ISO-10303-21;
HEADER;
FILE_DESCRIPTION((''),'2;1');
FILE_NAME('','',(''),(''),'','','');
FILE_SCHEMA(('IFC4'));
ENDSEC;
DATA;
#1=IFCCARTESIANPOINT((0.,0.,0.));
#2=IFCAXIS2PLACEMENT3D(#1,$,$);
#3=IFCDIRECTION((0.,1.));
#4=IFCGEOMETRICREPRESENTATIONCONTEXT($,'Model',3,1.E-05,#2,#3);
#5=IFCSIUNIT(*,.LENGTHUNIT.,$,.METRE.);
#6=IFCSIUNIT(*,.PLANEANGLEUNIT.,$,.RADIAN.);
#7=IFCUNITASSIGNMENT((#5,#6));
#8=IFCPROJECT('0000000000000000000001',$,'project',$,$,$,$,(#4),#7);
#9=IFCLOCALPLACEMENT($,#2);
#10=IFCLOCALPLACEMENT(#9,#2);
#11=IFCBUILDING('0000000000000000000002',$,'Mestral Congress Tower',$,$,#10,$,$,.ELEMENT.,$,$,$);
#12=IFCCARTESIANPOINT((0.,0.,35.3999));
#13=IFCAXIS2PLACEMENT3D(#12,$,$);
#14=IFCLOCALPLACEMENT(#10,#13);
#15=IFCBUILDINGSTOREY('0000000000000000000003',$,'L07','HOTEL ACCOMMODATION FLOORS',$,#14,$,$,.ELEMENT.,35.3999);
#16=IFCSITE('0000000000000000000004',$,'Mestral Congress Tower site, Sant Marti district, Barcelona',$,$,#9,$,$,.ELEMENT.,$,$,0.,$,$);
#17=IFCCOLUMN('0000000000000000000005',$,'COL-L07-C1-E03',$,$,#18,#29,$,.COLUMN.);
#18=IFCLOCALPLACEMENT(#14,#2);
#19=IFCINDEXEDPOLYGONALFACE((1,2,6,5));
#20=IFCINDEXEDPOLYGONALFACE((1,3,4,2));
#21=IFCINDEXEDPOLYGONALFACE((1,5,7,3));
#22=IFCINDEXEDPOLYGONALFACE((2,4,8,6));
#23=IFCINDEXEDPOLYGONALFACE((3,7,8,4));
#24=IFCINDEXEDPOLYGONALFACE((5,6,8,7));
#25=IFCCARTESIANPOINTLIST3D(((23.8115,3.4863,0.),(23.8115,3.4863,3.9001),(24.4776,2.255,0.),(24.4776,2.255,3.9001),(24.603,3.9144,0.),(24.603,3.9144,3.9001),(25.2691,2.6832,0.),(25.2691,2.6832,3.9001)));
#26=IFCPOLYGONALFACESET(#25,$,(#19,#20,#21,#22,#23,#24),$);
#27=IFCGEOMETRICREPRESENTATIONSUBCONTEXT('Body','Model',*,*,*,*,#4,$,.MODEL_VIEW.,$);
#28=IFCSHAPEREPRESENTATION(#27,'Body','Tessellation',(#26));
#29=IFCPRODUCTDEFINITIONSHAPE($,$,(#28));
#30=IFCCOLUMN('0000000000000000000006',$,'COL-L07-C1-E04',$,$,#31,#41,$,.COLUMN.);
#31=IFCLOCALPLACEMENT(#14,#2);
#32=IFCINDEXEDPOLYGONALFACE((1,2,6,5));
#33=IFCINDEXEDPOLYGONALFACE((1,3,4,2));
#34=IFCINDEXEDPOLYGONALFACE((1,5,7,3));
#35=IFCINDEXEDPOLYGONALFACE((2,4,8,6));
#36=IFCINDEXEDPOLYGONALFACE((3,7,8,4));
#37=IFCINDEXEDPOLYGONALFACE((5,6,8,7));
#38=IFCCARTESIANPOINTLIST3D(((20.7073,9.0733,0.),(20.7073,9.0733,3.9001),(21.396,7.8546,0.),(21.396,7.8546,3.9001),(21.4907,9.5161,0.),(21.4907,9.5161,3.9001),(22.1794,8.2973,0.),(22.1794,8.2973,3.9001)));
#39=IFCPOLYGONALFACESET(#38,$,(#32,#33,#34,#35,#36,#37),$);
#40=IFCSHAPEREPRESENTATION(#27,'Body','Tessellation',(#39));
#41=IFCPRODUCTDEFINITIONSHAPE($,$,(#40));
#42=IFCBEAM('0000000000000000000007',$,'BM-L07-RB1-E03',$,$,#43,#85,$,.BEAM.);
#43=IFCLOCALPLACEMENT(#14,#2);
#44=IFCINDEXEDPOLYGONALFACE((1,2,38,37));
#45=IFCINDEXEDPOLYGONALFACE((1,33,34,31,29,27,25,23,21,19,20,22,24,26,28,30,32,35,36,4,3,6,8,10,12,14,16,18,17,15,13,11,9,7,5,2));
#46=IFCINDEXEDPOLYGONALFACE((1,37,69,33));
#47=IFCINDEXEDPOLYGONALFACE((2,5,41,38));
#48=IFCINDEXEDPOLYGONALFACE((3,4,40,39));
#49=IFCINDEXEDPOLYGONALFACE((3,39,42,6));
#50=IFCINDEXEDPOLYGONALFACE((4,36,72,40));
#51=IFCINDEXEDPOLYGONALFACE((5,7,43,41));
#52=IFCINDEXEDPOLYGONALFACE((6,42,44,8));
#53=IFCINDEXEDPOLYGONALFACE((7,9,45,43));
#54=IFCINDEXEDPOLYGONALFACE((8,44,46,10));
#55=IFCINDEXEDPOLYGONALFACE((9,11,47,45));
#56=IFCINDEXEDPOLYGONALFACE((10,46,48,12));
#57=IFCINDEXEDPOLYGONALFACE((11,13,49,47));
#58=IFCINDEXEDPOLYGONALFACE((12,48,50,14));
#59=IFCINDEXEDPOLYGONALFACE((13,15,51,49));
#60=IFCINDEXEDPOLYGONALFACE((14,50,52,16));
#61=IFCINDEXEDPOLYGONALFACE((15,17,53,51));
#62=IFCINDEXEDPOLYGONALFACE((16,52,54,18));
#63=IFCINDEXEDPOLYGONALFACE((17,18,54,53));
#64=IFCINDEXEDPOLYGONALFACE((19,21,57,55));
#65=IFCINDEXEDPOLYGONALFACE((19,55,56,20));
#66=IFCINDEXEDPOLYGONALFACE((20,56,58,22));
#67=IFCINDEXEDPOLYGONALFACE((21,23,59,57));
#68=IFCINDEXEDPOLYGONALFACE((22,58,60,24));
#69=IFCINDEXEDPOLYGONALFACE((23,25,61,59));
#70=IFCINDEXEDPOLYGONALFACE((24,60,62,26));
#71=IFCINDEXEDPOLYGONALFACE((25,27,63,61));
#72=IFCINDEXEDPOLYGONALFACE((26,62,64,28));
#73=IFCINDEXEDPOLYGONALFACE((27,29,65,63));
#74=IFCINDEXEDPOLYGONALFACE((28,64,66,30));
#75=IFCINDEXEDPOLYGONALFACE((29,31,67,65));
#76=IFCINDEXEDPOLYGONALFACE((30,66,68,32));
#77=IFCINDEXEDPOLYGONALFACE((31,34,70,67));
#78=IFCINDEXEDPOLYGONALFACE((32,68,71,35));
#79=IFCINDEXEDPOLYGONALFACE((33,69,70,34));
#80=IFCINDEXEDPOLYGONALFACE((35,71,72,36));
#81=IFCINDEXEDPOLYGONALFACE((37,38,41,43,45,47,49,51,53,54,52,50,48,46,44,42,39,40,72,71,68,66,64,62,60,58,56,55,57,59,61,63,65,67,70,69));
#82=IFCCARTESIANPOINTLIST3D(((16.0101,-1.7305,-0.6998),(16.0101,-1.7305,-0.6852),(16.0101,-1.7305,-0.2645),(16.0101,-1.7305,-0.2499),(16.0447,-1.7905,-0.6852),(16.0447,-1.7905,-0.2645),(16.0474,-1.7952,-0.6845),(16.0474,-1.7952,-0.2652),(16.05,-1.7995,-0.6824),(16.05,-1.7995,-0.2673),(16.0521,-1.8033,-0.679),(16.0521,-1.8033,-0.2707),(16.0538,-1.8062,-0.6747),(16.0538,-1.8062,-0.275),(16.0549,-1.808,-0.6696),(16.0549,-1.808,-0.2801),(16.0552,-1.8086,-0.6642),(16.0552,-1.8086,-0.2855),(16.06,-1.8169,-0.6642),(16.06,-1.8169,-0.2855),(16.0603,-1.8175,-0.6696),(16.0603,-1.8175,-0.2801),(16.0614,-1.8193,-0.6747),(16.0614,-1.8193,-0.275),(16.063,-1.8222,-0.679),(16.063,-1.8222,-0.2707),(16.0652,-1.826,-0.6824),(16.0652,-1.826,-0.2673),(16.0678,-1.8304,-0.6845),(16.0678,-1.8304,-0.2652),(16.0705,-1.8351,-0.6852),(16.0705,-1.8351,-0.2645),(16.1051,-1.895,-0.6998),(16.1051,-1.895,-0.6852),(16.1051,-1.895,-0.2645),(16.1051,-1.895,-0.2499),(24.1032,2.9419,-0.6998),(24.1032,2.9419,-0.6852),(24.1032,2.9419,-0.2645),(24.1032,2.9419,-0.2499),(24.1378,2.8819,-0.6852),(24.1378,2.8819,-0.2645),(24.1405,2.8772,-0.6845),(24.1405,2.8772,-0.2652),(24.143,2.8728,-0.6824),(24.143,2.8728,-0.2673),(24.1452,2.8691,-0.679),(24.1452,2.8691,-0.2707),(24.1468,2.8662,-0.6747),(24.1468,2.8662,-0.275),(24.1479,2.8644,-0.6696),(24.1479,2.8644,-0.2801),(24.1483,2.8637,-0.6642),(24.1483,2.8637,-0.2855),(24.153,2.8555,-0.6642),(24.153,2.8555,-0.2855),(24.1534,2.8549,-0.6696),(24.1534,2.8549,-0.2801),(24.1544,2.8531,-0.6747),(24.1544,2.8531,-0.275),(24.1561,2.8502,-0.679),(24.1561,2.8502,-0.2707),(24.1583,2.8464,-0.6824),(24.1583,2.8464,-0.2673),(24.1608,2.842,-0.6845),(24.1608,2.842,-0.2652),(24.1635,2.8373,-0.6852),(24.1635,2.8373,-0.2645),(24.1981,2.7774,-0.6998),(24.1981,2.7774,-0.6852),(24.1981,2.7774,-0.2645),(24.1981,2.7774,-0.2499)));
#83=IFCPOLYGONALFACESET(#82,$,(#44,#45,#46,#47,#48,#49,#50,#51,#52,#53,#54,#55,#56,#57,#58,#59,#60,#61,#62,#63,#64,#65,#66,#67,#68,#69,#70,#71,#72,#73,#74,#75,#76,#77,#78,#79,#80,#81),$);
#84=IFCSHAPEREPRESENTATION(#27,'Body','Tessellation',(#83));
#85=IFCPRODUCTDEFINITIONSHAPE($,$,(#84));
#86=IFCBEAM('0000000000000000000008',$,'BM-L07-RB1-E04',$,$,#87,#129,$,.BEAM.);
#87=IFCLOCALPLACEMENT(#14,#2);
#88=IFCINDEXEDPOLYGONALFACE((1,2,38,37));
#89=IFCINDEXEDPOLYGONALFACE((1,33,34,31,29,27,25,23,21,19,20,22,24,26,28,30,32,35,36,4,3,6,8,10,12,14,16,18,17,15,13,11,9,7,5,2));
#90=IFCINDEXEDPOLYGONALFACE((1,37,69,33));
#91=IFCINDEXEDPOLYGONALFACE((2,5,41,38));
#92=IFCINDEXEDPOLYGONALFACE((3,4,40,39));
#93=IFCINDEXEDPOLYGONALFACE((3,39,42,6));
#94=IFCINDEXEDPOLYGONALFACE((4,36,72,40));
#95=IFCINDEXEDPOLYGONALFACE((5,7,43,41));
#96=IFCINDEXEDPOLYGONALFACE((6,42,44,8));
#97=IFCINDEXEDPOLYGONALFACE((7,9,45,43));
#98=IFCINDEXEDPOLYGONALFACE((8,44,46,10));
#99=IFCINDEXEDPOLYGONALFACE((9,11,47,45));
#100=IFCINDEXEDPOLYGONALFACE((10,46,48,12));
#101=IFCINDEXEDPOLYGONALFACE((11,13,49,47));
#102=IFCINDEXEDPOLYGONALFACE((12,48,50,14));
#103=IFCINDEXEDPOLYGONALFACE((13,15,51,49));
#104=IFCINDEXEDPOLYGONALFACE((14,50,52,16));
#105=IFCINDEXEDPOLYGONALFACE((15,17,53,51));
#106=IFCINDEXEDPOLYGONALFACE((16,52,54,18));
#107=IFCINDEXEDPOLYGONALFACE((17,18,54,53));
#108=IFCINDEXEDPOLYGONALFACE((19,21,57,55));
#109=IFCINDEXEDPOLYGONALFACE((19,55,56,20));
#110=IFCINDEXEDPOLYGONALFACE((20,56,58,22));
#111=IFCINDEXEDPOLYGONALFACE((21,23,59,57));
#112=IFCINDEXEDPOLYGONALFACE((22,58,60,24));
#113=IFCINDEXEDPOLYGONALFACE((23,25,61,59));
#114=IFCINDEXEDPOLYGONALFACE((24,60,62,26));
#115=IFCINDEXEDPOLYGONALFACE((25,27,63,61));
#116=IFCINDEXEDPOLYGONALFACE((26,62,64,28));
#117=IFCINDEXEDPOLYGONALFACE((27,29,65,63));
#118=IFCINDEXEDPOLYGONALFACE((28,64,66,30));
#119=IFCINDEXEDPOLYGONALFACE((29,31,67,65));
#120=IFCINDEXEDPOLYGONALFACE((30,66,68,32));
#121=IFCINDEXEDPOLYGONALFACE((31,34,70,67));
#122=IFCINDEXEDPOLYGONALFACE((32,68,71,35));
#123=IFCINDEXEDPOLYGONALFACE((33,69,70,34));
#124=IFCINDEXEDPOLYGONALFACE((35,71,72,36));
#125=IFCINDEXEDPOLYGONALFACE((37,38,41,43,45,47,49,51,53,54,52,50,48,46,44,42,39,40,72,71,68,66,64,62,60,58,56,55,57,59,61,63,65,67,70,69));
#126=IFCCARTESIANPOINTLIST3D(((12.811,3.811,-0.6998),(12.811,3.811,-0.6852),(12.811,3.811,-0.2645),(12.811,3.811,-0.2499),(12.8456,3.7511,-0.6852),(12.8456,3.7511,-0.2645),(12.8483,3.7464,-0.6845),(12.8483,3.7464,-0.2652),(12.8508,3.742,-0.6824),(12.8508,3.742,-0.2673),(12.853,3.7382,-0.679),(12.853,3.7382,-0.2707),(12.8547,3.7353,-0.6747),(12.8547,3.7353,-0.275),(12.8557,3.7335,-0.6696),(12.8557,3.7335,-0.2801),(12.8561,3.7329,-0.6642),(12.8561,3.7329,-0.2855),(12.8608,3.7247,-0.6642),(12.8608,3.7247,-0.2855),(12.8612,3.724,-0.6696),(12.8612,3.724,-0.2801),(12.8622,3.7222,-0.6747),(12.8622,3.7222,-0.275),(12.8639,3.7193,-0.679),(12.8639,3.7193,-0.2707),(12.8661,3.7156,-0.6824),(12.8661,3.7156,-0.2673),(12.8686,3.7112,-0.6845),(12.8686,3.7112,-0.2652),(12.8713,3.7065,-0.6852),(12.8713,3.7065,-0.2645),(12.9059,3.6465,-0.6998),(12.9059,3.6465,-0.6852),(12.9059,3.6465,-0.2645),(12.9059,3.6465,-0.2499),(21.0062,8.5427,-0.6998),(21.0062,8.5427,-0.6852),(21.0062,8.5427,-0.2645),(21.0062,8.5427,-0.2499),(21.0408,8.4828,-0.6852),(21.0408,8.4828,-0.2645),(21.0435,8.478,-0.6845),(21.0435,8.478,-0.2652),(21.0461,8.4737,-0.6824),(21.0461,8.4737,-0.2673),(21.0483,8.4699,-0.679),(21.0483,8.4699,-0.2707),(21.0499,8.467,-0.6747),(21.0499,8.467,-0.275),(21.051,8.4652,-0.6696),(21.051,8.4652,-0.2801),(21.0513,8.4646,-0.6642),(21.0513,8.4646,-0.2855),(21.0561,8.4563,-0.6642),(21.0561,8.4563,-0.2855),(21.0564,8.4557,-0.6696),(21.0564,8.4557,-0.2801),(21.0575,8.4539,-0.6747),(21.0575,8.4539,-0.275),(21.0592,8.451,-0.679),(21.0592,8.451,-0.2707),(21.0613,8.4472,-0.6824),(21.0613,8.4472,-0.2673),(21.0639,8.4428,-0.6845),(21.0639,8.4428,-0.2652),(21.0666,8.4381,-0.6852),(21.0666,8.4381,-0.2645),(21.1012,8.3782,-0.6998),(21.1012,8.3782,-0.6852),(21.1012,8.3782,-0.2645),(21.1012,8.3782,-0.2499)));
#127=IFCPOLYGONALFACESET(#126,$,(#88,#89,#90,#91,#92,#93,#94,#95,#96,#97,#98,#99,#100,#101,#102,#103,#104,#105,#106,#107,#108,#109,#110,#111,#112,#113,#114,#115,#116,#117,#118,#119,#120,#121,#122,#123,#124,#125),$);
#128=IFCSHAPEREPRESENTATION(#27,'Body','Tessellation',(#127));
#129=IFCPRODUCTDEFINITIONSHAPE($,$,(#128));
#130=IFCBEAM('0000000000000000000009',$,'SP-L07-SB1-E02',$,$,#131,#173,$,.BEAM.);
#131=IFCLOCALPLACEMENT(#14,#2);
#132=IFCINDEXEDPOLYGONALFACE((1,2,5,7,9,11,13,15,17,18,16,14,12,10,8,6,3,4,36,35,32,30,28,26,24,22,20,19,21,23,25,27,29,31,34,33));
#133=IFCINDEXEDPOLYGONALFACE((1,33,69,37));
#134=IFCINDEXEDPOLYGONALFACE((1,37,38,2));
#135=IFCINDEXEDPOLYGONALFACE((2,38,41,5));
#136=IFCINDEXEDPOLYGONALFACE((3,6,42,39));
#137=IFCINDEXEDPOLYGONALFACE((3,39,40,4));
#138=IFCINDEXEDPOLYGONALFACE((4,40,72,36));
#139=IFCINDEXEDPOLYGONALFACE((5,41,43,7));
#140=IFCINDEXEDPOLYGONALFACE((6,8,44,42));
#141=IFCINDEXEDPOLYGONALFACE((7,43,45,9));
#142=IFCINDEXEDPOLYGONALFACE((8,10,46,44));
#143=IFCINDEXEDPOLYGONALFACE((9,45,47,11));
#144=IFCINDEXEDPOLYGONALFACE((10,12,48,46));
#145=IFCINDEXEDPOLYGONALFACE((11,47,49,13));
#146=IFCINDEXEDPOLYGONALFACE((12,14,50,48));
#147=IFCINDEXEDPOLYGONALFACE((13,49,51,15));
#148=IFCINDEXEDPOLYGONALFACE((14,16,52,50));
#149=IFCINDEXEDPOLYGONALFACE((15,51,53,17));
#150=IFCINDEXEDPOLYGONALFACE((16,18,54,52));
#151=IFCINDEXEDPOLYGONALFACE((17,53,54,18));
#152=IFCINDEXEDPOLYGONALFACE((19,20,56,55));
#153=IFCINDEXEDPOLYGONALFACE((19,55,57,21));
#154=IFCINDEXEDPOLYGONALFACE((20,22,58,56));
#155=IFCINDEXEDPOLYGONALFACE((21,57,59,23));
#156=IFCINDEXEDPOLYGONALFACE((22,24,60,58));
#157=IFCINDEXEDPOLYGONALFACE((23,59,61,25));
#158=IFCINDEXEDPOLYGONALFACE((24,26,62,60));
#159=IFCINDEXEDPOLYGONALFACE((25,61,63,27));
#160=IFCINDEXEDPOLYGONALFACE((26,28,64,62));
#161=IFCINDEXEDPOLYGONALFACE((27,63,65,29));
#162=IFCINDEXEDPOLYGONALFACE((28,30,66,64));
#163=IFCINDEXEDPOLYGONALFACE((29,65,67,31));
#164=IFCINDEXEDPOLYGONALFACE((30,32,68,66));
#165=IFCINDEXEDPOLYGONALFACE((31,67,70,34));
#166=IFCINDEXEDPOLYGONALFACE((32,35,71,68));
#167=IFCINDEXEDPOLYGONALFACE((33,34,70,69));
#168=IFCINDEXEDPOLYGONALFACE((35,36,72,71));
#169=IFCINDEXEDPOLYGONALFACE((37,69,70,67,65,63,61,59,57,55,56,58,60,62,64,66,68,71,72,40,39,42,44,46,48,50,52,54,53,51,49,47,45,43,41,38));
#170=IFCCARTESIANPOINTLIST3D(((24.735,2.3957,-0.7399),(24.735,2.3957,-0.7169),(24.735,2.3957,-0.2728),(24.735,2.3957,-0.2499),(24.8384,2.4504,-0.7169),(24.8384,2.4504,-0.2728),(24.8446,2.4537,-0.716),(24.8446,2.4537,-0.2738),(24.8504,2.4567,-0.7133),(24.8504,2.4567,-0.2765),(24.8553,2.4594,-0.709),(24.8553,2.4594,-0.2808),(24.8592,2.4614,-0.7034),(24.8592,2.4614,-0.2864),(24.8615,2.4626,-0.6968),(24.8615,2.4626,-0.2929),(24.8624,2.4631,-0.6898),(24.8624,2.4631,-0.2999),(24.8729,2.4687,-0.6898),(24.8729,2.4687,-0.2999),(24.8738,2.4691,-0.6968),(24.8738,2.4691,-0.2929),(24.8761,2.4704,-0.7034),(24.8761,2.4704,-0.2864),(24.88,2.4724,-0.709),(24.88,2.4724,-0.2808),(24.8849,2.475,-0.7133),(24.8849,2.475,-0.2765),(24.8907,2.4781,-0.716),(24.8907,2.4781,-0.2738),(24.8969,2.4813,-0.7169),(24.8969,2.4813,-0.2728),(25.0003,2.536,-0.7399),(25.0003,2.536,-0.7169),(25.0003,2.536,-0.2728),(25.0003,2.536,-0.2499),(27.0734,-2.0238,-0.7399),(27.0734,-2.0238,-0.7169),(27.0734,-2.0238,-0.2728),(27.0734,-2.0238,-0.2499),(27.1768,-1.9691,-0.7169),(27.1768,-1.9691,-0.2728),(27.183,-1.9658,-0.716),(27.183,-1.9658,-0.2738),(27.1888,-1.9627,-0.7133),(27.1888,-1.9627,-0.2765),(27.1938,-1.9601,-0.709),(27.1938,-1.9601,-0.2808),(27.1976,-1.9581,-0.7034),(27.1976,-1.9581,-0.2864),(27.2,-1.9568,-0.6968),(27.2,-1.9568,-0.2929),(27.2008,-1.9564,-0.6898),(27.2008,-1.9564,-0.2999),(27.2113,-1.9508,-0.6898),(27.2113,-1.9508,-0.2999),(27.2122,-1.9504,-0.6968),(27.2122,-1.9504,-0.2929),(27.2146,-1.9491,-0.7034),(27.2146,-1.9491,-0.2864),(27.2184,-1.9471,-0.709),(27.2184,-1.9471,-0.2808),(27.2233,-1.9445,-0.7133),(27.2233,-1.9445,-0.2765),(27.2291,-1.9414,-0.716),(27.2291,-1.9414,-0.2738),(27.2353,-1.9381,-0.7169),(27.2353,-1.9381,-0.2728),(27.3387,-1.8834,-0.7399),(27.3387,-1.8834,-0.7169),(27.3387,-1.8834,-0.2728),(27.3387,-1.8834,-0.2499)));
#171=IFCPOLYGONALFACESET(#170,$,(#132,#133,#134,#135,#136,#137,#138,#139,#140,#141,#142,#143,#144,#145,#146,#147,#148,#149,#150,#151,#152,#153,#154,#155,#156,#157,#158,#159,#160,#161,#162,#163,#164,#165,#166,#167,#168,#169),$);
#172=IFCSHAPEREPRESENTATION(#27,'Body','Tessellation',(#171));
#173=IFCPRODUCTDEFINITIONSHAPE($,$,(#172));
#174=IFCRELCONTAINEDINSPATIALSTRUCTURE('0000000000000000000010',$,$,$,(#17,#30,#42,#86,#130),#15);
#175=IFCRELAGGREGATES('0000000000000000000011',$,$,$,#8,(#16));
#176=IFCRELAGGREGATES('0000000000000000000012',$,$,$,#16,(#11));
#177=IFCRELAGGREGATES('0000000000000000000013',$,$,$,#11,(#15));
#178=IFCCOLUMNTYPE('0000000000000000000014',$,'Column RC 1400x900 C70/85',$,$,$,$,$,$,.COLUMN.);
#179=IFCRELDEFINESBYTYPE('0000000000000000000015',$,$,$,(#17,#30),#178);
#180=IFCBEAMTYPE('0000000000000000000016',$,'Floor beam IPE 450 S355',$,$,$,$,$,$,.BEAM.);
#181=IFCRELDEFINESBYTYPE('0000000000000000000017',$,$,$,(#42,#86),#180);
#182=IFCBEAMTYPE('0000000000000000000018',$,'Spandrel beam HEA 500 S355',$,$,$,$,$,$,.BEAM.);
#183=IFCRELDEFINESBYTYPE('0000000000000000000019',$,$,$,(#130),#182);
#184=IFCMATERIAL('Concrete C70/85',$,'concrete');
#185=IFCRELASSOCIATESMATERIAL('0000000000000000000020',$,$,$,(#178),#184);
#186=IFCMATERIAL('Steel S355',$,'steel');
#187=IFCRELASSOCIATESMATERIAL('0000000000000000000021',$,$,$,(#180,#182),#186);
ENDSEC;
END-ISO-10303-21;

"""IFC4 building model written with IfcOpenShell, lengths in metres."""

from ifc_helpers import new_model, si_unit, direction, frame, origin, origin_2d, place, context, subcontext, project, spatial, rectangle, i_section, extrude, material, material_profile, profile_set, type_object, element, save


model = new_model("IFC4")

# Units and contexts
model_context = context("Model", 3, precision=1e-05, world=origin(), true_north=direction((0.0, 1.0)))
body_context = subcontext(model_context, "Body", "Model", "MODEL_VIEW")
ifc_project = project(units=[si_unit("LENGTHUNIT", "METRE"), si_unit("PLANEANGLEUNIT", "RADIAN")], contexts=[model_context])

# Site, building, storey
site_placement = place(None, origin())
site = spatial("IfcSite", under=ifc_project, at=site_placement, Name="Mestral Congress Tower site, Sant Marti district, Barcelona", CompositionType="ELEMENT", RefElevation=0.0)
building_placement = place(site_placement, origin())
building = spatial("IfcBuilding", under=site, at=building_placement, Name="Mestral Congress Tower", CompositionType="ELEMENT")
storey_placement = place(building_placement, frame((0.0, 0.0, 35.3999)))
storey = spatial("IfcBuildingStorey", under=building, at=storey_placement, Name="L07", Description="HOTEL ACCOMMODATION FLOORS", CompositionType="ELEMENT", Elevation=35.3999)

# Columns
ifc_material_1 = material(Name="Concrete C70/85", Category="concrete")
ifc_material_profile_1 = material_profile(ifc_material_1, rectangle(XDim=1.3999, YDim=0.8999, at=origin_2d()), Name="RC 1400x900")
ifc_profile_set_1 = profile_set([ifc_material_profile_1], Name="Concrete C70/85")
column_type = type_object("IfcColumnType", Name="Column RC 1400x900 C70/85", PredefinedType="COLUMN", material=ifc_profile_set_1)
for number, where, z_axis, x_axis, name in (
    (1, (24.5403, 3.0847, 0.0), (0.0, 0.0, 1.0), (-0.475796, 0.879556, 0.0), "COL-L07-C1-E03"),
    (2, (21.4434, 8.6853, 0.0), (0.0, 0.0, 1.0), (-0.491974, 0.87061, 0.0), "COL-L07-C1-E04"),
):
    element("IfcColumn", number, at=place(storey_placement, frame(where, z_axis=z_axis, x_axis=x_axis)), inside=storey, type_object=column_type, Name=name, PredefinedType="COLUMN", context=body_context, shape_type="SweptSolid", body=[
        extrude(rectangle(XDim=1.3999, YDim=0.8999, at=origin_2d()), origin(), (0.0, 0.0, 1.0), 3.9001),
    ])

# Beams
ifc_material_2 = material(Name="Steel S355", Category="steel")
ifc_material_profile_2 = material_profile(ifc_material_2, i_section(OverallWidth=0.1899, OverallDepth=0.45, WebThickness=0.0095, FlangeThickness=0.0146, FilletRadius=0.021, at=origin_2d()), Name="IPE 450")
ifc_profile_set_2 = profile_set([ifc_material_profile_2], Name="Steel S355")
beam_type_1 = type_object("IfcBeamType", Name="Floor beam IPE 450 S355", PredefinedType="BEAM", material=ifc_profile_set_2)
beam_1_placement = place(storey_placement, frame((24.1506, 2.8596, -0.4749), z_axis=(-0.866032, -0.499989, 0.0), x_axis=(0.499989, -0.866032, 0.0)))
element("IfcBeam", 3, at=beam_1_placement, inside=storey, type_object=beam_type_1, Name="BM-L07-RB1-E03", PredefinedType="BEAM", context=body_context, shape_type="SweptSolid", body=[
    extrude(i_section(OverallWidth=0.1899, OverallDepth=0.45, WebThickness=0.0095, FlangeThickness=0.0146, FilletRadius=0.021, at=origin_2d()), origin(), (0.0, 0.0, 1.0), 9.345),
])
beam_2_placement = place(storey_placement, frame((21.0537, 8.4604, -0.4749), z_axis=(-0.86602, -0.50001, 0.0), x_axis=(0.50001, -0.86602, 0.0)))
element("IfcBeam", 4, at=beam_2_placement, inside=storey, type_object=beam_type_1, Name="BM-L07-RB1-E04", PredefinedType="BEAM", context=body_context, shape_type="SweptSolid", body=[
    extrude(i_section(OverallWidth=0.1899, OverallDepth=0.45, WebThickness=0.0095, FlangeThickness=0.0146, FilletRadius=0.021, at=origin_2d()), origin(), (0.0, 0.0, 1.0), 9.4631),
])
ifc_material_profile_3 = material_profile(ifc_material_2, i_section(OverallWidth=0.3, OverallDepth=0.49, WebThickness=0.012, FlangeThickness=0.0229, FilletRadius=0.0271, at=origin_2d()), Name="HEA 500")
ifc_profile_set_3 = profile_set([ifc_material_profile_3], Name="Steel S355")
beam_type_2 = type_object("IfcBeamType", Name="Spandrel beam HEA 500 S355", PredefinedType="BEAM", material=ifc_profile_set_3)
beam_3_placement = place(storey_placement, frame((27.2061, -1.9536, -0.4949), z_axis=(-0.467681, 0.883897, 0.0), x_axis=(-0.883897, -0.467681, 0.0)))
element("IfcBeam", 5, at=beam_3_placement, inside=storey, type_object=beam_type_2, Name="SP-L07-SB1-E02", PredefinedType="BEAM", context=body_context, shape_type="SweptSolid", body=[
    extrude(i_section(OverallWidth=0.3, OverallDepth=0.49, WebThickness=0.012, FlangeThickness=0.0229, FilletRadius=0.0271, at=origin_2d()), origin(), (0.0, 0.0, 1.0), 5.0),
])

save(model, "model.ifc")
